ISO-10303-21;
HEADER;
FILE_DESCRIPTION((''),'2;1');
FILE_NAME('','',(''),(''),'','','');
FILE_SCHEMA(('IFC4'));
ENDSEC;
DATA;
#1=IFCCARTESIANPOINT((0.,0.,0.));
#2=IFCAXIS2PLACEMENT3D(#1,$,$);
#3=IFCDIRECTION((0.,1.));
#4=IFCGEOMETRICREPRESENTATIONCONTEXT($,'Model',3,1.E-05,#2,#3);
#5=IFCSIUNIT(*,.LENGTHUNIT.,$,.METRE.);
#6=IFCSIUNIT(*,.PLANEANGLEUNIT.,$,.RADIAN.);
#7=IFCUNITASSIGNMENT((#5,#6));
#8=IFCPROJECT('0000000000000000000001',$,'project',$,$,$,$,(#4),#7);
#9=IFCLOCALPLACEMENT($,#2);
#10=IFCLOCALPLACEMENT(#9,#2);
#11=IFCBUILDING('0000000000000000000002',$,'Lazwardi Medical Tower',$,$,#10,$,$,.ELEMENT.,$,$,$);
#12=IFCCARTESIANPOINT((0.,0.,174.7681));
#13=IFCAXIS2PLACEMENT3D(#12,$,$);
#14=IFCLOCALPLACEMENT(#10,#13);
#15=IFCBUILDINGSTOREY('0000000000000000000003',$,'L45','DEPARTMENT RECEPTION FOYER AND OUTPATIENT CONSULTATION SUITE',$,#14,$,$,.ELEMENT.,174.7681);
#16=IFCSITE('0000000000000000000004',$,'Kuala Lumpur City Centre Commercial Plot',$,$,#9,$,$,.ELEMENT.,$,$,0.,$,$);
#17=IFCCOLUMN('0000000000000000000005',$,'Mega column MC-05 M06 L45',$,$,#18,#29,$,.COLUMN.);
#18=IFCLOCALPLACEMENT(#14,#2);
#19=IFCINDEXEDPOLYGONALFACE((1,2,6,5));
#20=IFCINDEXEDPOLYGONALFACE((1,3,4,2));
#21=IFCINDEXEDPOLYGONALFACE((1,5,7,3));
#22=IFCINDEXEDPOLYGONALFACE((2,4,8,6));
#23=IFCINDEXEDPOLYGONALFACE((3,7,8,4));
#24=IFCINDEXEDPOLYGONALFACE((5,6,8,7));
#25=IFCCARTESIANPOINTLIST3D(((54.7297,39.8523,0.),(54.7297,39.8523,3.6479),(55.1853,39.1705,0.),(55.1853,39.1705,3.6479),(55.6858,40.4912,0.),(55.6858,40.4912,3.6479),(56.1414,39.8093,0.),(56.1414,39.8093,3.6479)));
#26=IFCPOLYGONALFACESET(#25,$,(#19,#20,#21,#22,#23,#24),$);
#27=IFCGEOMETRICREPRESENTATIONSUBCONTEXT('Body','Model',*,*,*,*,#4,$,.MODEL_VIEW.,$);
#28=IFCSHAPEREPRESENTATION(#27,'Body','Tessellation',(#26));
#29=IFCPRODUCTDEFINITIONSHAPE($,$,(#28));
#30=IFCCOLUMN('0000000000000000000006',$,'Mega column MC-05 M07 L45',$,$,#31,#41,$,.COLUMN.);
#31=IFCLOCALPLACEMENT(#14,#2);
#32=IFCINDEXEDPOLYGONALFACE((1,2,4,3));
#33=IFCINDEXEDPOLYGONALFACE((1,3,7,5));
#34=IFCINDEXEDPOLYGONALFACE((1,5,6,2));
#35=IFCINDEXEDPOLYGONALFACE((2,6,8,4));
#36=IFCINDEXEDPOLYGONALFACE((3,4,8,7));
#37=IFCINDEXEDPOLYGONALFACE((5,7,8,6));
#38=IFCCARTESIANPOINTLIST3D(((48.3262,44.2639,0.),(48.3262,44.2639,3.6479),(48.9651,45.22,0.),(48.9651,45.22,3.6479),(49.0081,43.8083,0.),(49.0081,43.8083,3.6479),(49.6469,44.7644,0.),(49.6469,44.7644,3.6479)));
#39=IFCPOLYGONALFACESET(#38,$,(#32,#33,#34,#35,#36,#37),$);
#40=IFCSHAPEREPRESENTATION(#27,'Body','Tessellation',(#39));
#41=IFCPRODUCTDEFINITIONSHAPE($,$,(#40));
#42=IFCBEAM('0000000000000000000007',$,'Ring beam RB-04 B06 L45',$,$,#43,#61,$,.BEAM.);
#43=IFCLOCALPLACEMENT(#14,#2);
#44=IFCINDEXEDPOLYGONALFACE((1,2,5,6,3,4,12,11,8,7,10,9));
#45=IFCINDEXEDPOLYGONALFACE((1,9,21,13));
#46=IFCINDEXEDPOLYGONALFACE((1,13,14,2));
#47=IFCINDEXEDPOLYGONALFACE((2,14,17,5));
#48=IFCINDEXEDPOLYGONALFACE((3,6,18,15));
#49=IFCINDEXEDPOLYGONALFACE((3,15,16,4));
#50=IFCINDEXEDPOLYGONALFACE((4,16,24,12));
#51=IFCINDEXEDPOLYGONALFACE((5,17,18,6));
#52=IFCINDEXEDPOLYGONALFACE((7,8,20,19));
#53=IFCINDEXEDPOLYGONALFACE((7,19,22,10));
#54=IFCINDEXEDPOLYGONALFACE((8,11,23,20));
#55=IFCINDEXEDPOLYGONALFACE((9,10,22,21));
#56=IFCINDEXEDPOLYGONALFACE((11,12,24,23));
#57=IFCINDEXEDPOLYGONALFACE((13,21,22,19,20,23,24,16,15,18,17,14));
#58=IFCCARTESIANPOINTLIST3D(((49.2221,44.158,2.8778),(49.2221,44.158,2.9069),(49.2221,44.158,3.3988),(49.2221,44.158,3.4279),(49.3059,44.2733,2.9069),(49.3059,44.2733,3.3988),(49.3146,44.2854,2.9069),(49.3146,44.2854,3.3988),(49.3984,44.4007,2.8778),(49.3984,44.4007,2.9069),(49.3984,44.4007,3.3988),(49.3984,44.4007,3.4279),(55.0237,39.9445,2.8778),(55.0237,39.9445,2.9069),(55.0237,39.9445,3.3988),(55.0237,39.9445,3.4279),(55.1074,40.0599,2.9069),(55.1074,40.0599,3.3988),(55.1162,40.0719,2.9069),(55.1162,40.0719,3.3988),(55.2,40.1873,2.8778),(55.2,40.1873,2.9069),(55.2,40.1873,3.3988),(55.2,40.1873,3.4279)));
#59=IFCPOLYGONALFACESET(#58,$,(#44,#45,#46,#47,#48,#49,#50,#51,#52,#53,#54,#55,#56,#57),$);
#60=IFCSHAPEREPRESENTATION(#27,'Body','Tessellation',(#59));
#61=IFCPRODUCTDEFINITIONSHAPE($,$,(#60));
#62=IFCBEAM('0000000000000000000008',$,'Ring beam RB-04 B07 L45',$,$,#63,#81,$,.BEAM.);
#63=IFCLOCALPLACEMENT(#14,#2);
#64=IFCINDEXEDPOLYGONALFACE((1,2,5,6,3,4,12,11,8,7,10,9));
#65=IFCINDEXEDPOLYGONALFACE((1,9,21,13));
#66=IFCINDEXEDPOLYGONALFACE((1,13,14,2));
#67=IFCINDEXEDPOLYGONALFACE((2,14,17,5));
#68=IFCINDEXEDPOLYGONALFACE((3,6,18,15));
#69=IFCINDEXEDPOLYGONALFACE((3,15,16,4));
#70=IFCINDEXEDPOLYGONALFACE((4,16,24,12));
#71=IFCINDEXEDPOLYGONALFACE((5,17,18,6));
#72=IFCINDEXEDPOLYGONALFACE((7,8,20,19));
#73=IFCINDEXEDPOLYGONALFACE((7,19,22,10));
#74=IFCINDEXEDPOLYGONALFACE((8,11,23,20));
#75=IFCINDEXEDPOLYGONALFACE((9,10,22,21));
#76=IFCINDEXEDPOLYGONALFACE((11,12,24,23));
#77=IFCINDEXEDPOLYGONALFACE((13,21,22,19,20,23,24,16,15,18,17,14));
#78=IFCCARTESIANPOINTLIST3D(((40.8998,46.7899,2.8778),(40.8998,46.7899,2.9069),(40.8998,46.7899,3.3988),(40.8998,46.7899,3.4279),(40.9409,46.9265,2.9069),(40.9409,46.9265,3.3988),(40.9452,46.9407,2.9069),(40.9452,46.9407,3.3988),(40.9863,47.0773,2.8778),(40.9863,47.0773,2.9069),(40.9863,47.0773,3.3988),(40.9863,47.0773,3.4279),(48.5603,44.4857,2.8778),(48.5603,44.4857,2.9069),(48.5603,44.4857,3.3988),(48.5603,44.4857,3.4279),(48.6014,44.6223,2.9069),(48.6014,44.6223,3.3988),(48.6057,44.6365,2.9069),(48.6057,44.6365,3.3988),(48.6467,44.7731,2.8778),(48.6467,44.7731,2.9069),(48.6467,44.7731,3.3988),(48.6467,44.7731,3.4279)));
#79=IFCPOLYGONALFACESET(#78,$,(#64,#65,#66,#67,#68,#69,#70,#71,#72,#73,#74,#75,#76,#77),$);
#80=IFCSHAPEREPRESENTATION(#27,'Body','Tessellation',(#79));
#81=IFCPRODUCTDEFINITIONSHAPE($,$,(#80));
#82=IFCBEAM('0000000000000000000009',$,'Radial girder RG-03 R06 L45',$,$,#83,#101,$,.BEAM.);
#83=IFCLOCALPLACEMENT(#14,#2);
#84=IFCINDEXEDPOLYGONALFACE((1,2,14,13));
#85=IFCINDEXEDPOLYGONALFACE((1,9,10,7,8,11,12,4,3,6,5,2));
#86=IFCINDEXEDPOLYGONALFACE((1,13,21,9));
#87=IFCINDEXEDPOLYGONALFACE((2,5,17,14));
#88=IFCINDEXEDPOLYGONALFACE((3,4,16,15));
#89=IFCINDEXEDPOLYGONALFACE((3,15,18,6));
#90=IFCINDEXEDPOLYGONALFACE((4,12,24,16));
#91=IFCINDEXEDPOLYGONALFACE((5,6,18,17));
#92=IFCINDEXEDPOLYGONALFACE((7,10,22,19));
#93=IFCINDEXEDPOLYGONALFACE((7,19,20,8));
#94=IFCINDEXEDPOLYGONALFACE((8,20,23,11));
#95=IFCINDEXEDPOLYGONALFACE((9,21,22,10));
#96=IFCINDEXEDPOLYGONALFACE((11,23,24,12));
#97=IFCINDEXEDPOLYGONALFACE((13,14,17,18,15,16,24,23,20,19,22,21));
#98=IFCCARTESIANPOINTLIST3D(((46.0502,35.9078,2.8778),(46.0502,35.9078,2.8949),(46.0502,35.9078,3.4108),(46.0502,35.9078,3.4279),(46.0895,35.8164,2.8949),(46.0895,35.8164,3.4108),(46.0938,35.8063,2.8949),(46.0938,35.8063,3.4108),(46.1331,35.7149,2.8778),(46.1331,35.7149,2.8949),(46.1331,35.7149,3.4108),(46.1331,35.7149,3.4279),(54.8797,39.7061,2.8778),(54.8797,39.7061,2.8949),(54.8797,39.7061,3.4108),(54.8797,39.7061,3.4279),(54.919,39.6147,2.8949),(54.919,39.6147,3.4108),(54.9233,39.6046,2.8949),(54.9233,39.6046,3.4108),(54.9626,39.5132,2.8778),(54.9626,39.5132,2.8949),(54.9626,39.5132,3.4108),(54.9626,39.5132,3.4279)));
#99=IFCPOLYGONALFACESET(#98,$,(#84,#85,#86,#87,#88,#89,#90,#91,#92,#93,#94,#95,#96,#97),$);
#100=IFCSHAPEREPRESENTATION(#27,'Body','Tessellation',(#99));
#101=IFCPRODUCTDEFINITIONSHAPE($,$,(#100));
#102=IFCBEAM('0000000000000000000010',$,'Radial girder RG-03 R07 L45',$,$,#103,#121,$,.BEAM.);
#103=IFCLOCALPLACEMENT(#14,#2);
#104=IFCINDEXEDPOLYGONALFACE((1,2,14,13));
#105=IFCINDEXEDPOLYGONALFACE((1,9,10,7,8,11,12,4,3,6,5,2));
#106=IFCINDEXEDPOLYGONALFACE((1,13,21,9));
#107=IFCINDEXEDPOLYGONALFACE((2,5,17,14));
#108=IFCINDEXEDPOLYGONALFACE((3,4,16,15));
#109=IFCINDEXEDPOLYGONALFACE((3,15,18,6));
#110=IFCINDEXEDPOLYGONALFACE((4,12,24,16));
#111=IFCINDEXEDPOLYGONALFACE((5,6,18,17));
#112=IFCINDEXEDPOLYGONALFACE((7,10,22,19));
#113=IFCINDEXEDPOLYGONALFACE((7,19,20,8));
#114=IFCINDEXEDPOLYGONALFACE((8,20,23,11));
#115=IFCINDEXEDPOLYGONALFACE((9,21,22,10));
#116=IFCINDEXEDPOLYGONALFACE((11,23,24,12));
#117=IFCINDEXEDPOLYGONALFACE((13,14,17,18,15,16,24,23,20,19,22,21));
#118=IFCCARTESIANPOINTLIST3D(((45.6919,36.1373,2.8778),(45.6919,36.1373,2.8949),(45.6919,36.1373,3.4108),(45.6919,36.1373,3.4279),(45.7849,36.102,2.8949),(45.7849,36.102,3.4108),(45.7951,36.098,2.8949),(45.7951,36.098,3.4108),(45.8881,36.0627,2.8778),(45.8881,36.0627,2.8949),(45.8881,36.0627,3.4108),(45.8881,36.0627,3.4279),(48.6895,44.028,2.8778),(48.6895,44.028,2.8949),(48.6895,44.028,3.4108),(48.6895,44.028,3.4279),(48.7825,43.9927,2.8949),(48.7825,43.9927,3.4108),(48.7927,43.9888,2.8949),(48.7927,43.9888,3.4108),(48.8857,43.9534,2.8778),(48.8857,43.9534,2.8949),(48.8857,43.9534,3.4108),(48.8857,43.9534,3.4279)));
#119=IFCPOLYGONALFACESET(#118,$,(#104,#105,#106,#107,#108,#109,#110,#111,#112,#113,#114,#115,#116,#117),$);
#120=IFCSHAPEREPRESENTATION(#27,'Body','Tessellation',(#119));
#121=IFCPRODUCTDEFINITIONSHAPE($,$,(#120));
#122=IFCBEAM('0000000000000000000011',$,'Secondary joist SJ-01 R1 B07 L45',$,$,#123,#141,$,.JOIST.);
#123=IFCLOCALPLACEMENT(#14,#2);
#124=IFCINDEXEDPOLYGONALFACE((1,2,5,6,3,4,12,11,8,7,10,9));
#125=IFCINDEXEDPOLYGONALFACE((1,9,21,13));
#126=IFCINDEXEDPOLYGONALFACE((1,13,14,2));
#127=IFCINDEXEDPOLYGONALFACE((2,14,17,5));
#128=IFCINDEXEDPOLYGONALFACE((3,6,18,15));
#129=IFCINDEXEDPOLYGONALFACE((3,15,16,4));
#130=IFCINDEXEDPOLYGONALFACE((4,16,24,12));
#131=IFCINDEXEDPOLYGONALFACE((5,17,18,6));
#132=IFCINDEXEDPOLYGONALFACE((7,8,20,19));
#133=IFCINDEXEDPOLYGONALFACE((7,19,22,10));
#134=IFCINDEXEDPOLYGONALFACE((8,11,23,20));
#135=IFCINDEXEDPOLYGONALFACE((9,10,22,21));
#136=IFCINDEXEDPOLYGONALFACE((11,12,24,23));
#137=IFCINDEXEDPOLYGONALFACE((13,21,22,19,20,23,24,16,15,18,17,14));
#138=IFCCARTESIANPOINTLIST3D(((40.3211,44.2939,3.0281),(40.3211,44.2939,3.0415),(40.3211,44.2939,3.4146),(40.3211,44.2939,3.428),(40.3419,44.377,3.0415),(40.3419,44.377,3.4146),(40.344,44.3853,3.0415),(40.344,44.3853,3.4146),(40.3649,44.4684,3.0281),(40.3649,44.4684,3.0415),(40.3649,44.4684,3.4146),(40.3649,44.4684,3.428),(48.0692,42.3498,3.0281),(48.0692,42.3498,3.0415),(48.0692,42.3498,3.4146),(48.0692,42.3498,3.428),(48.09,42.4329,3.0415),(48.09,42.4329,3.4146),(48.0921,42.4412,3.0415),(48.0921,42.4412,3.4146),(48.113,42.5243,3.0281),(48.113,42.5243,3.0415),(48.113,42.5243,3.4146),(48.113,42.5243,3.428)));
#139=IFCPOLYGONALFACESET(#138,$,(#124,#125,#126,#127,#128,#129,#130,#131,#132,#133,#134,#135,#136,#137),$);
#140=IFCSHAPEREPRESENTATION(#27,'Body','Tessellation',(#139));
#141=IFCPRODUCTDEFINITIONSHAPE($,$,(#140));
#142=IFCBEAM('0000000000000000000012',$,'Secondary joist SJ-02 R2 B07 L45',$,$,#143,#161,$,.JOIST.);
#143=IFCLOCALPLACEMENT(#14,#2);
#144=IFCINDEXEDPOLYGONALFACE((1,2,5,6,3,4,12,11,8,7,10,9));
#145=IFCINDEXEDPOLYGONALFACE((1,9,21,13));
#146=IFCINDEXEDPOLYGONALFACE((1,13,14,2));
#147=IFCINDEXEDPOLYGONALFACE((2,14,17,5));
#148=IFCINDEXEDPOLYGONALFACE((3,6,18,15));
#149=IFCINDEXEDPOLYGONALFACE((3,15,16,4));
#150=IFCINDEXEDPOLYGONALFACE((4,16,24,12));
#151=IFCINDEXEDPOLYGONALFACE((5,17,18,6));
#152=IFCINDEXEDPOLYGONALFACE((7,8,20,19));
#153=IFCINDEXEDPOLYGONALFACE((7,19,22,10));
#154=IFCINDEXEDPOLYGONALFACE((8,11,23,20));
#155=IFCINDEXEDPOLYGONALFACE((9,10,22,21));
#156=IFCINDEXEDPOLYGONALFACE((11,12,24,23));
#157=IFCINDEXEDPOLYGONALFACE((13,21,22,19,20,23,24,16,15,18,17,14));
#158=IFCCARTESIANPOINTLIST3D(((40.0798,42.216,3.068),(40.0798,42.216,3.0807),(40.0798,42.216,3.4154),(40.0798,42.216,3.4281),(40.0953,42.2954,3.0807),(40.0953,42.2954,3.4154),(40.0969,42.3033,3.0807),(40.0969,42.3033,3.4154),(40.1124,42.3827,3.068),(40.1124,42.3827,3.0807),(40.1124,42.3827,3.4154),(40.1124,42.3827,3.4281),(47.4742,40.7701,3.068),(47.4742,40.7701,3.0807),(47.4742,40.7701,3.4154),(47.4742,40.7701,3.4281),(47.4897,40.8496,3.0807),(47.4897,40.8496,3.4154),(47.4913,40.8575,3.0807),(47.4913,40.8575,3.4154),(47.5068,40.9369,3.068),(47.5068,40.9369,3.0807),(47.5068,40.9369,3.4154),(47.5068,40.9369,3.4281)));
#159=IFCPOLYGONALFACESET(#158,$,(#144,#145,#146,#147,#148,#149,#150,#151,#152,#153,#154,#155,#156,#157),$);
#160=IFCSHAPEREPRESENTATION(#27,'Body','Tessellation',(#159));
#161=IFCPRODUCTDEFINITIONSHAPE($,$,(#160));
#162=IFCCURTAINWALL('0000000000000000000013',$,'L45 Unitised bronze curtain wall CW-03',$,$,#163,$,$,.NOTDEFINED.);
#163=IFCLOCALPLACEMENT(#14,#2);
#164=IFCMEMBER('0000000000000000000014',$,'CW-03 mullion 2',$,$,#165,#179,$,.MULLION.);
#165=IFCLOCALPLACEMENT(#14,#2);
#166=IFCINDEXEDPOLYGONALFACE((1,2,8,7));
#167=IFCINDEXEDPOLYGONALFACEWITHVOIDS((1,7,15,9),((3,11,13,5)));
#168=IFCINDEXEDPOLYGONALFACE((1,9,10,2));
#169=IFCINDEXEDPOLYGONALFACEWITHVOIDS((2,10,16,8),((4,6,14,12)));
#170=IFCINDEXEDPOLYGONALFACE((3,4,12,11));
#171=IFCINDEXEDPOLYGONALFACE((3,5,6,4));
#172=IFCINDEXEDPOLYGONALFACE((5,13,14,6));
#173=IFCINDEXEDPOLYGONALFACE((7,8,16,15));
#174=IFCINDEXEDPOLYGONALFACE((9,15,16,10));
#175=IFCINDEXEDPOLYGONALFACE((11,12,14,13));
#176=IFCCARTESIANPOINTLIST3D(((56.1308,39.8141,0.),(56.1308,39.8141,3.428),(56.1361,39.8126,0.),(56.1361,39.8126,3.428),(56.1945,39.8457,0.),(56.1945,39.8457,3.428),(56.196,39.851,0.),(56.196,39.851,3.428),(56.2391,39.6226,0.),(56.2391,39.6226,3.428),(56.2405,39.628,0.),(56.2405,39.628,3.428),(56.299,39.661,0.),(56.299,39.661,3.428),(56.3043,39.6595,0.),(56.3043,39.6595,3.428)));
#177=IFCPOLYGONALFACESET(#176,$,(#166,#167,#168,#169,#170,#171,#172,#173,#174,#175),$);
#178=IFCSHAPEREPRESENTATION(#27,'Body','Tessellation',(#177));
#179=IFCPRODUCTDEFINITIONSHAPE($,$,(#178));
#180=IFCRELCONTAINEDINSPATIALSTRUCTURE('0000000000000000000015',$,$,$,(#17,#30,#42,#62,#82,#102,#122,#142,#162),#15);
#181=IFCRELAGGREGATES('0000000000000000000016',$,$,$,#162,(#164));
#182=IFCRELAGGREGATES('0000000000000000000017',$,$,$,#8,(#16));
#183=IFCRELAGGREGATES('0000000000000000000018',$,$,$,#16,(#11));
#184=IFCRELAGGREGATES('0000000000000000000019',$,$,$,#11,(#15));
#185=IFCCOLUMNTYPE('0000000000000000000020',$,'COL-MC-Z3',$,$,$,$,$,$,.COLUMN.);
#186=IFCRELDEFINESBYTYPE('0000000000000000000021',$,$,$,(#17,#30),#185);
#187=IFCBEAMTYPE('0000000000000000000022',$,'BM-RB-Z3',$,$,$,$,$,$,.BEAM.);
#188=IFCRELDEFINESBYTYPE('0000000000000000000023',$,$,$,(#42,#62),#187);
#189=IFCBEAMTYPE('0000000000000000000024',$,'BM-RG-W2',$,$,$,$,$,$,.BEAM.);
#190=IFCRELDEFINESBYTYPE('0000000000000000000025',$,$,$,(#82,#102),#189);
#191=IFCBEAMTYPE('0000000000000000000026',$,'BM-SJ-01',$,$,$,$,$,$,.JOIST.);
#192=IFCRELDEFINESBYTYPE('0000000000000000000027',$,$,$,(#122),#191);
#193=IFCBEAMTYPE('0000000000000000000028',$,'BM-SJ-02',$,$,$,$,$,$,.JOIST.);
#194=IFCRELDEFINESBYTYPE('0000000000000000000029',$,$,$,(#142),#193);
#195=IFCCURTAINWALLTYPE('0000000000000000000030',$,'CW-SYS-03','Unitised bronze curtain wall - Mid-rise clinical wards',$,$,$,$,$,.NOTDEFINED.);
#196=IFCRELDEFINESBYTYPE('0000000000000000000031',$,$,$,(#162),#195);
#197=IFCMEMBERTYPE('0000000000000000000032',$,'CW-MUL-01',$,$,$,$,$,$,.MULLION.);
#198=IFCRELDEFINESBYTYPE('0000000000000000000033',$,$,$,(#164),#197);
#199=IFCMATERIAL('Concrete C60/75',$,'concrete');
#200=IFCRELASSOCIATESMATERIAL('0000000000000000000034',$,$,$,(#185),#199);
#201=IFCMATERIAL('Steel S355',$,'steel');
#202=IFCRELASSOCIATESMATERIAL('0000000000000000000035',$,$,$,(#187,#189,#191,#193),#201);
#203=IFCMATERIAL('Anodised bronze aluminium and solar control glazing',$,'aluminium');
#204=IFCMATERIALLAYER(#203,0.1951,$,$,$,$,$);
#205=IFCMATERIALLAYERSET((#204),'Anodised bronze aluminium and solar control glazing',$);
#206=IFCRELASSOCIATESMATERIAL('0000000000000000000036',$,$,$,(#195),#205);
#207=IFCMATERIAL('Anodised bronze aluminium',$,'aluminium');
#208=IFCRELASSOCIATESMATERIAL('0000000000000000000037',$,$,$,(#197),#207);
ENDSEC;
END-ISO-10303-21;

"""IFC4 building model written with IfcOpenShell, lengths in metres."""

from ifc_helpers import new_model, si_unit, direction, frame, origin, origin_2d, place, context, subcontext, project, spatial, rectangle, hollow_rectangle, i_section, extrude, material, layer, layer_set, material_profile, profile_set, type_object, element, aggregate, save


model = new_model("IFC4")

# Units and contexts
model_context = context("Model", 3, precision=1e-05, world=origin(), true_north=direction((0.0, 1.0)))
body_context = subcontext(model_context, "Body", "Model", "MODEL_VIEW")
ifc_project = project(units=[si_unit("LENGTHUNIT", "METRE"), si_unit("PLANEANGLEUNIT", "RADIAN")], contexts=[model_context])

# Site, building, storey
site_placement = place(None, origin())
site = spatial("IfcSite", under=ifc_project, at=site_placement, Name="Kuala Lumpur City Centre Commercial Plot", CompositionType="ELEMENT", RefElevation=0.0)
building_placement = place(site_placement, origin())
building = spatial("IfcBuilding", under=site, at=building_placement, Name="Lazwardi Medical Tower", CompositionType="ELEMENT")
storey_placement = place(building_placement, frame((0.0, 0.0, 174.7681)))
storey = spatial("IfcBuildingStorey", under=building, at=storey_placement, Name="L45", Description="DEPARTMENT RECEPTION FOYER AND OUTPATIENT CONSULTATION SUITE", CompositionType="ELEMENT", Elevation=174.7681)

# Columns
ifc_material_1 = material(Name="Concrete C60/75", Category="concrete")
ifc_material_profile_1 = material_profile(ifc_material_1, rectangle(XDim=1.1499, YDim=0.8201, at=origin_2d()), Name="CFT-RECT 1150x820")
ifc_profile_set_1 = profile_set([ifc_material_profile_1], Name="Concrete C60/75")
column_type = type_object("IfcColumnType", Name="COL-MC-Z3", PredefinedType="COLUMN", material=ifc_profile_set_1)
for number, where, z_axis, x_axis, name in (
    (1, (55.4355, 39.8308, 0.0), (0.0, 0.0, 1.0), (0.83147, 0.55557, 0.0), "Mega column MC-05 M06 L45"),
    (2, (48.9866, 44.5142, 0.0), (0.0, 0.0, 1.0), (0.55557, 0.83147, 0.0), "Mega column MC-05 M07 L45"),
):
    element("IfcColumn", number, at=place(storey_placement, frame(where, z_axis=z_axis, x_axis=x_axis)), inside=storey, type_object=column_type, Name=name, PredefinedType="COLUMN", context=body_context, shape_type="SweptSolid", body=[
        extrude(rectangle(XDim=1.1499, YDim=0.8201, at=origin_2d()), origin(), (0.0, 0.0, 1.0), 3.6479),
    ])

# Beams
ifc_material_2 = material(Name="Steel S355", Category="steel")
ifc_material_profile_2 = material_profile(ifc_material_2, i_section(OverallWidth=0.3, OverallDepth=0.55, WebThickness=0.0149, FlangeThickness=0.0291, at=origin_2d()), Name="HEB 550")
ifc_profile_set_2 = profile_set([ifc_material_profile_2], Name="Steel S355")
beam_type_1 = type_object("IfcBeamType", Name="BM-RB-Z3", PredefinedType="BEAM", material=ifc_profile_set_2)
beam_1_placement = place(storey_placement, frame((55.1118, 40.0659, 3.1528), z_axis=(-0.809128, 0.587633, 0.0), x_axis=(-0.587633, -0.809128, 0.0)))
element("IfcBeam", 3, at=beam_1_placement, inside=storey, type_object=beam_type_1, Name="Ring beam RB-04 B06 L45", PredefinedType="BEAM", context=body_context, shape_type="SweptSolid", body=[
    extrude(i_section(OverallWidth=0.3, OverallDepth=0.55, WebThickness=0.0149, FlangeThickness=0.0291, at=origin_2d()), origin(), (0.0, 0.0, 1.0), 7.1702),
])
beam_2_placement = place(storey_placement, frame((48.6035, 44.6294, 3.1528), z_axis=(-0.957617, 0.288045, 0.0), x_axis=(-0.288045, -0.957617, 0.0)))
element("IfcBeam", 4, at=beam_2_placement, inside=storey, type_object=beam_type_1, Name="Ring beam RB-04 B07 L45", PredefinedType="BEAM", context=body_context, shape_type="SweptSolid", body=[
    extrude(i_section(OverallWidth=0.3, OverallDepth=0.55, WebThickness=0.0149, FlangeThickness=0.0291, at=origin_2d()), origin(), (0.0, 0.0, 1.0), 7.9995),
])
ifc_material_profile_3 = material_profile(ifc_material_2, i_section(OverallWidth=0.21, OverallDepth=0.55, WebThickness=0.011, FlangeThickness=0.0171, at=origin_2d()), Name="IPE 550")
ifc_profile_set_3 = profile_set([ifc_material_profile_3], Name="Steel S355")
beam_type_2 = type_object("IfcBeamType", Name="BM-RG-W2", PredefinedType="BEAM", material=ifc_profile_set_3)
beam_3_placement = place(storey_placement, frame((54.9211, 39.6096, 3.1528), z_axis=(-0.918608, -0.39517, 0.0), x_axis=(0.39517, -0.918608, 0.0)))
element("IfcBeam", 5, at=beam_3_placement, inside=storey, type_object=beam_type_2, Name="Radial girder RG-03 R06 L45", PredefinedType="BEAM", context=body_context, shape_type="SweptSolid", body=[
    extrude(i_section(OverallWidth=0.21, OverallDepth=0.55, WebThickness=0.011, FlangeThickness=0.0171, at=origin_2d()), origin(), (0.0, 0.0, 1.0), 9.6118),
])
beam_4_placement = place(storey_placement, frame((48.7876, 43.9907, 3.1528), z_axis=(-0.355127, -0.934818, 0.0), x_axis=(0.934818, -0.355127, 0.0)))
element("IfcBeam", 6, at=beam_4_placement, inside=storey, type_object=beam_type_2, Name="Radial girder RG-03 R07 L45", PredefinedType="BEAM", context=body_context, shape_type="SweptSolid", body=[
    extrude(i_section(OverallWidth=0.21, OverallDepth=0.55, WebThickness=0.011, FlangeThickness=0.0171, at=origin_2d()), origin(), (0.0, 0.0, 1.0), 8.4409),
])
ifc_material_profile_4 = material_profile(ifc_material_2, i_section(OverallWidth=0.1799, OverallDepth=0.3999, WebThickness=0.0085, FlangeThickness=0.0134, at=origin_2d()), Name="IPE 400")
ifc_profile_set_4 = profile_set([ifc_material_profile_4], Name="Steel S355")
beam_type_3 = type_object("IfcBeamType", Name="BM-SJ-01", PredefinedType="JOIST", material=ifc_profile_set_4)
beam_5_placement = place(storey_placement, frame((48.0911, 42.437, 3.228), z_axis=(-0.969934, 0.24337, 0.0), x_axis=(-0.24337, -0.969934, 0.0)))
element("IfcBeam", 7, at=beam_5_placement, inside=storey, type_object=beam_type_3, Name="Secondary joist SJ-01 R1 B07 L45", PredefinedType="JOIST", context=body_context, shape_type="SweptSolid", body=[
    extrude(i_section(OverallWidth=0.1799, OverallDepth=0.3999, WebThickness=0.0085, FlangeThickness=0.0134, at=origin_2d()), origin(), (0.0, 0.0, 1.0), 7.9883),
])
ifc_material_profile_5 = material_profile(ifc_material_2, i_section(OverallWidth=0.1699, OverallDepth=0.3601, WebThickness=0.0081, FlangeThickness=0.0127, at=origin_2d()), Name="IPE 360")
ifc_profile_set_5 = profile_set([ifc_material_profile_5], Name="Steel S355")
beam_type_4 = type_object("IfcBeamType", Name="BM-SJ-02", PredefinedType="JOIST", material=ifc_profile_set_5)
beam_6_placement = place(storey_placement, frame((47.4905, 40.8535, 3.248), z_axis=(-0.981415, 0.191896, 0.0), x_axis=(-0.191896, -0.981415, 0.0)))
element("IfcBeam", 8, at=beam_6_placement, inside=storey, type_object=beam_type_4, Name="Secondary joist SJ-02 R2 B07 L45", PredefinedType="JOIST", context=body_context, shape_type="SweptSolid", body=[
    extrude(i_section(OverallWidth=0.1699, OverallDepth=0.3601, WebThickness=0.0081, FlangeThickness=0.0127, at=origin_2d()), origin(), (0.0, 0.0, 1.0), 7.5344),
])

# Curtain wall, member
ifc_material_3 = material(Name="Anodised bronze aluminium and solar control glazing", Category="aluminium")
ifc_layer_1 = layer(ifc_material_3, 0.1951)
ifc_layer_set_1 = layer_set([ifc_layer_1], Name="Anodised bronze aluminium and solar control glazing")
curtain_wall_type = type_object("IfcCurtainWallType", Name="CW-SYS-03", Description="Unitised bronze curtain wall - Mid-rise clinical wards", PredefinedType="NOTDEFINED", material=ifc_layer_set_1)
curtain_wall_1_placement = place(storey_placement, origin())
curtain_wall_1 = element("IfcCurtainWall", 9, at=curtain_wall_1_placement, inside=storey, type_object=curtain_wall_type, Name="L45 Unitised bronze curtain wall CW-03", PredefinedType="NOTDEFINED")
ifc_material_4 = material(Name="Anodised bronze aluminium", Category="aluminium")
ifc_material_profile_6 = material_profile(ifc_material_4, hollow_rectangle(XDim=0.075, YDim=0.22, WallThickness=0.0039, at=origin_2d()), Name="ALU-MULLION 220x75x4")
ifc_profile_set_6 = profile_set([ifc_material_profile_6], Name="Anodised bronze aluminium")
member_type_1 = type_object("IfcMemberType", Name="CW-MUL-01", PredefinedType="MULLION", material=ifc_profile_set_6)
member_1_placement = place(storey_placement, frame((56.2175, 39.7368, 0.0), z_axis=(0.0, 0.0, 1.0), x_axis=(-0.870419, -0.492312, 0.0)))
member_1 = element("IfcMember", 10, at=member_1_placement, type_object=member_type_1, Name="CW-03 mullion 2", PredefinedType="MULLION", context=body_context, shape_type="SweptSolid", body=[
    extrude(hollow_rectangle(XDim=0.075, YDim=0.22, WallThickness=0.0039, at=origin_2d()), origin(), (0.0, 0.0, 1.0), 3.428),
])
aggregate(curtain_wall_1, [member_1])

save(model, "model.ifc")
